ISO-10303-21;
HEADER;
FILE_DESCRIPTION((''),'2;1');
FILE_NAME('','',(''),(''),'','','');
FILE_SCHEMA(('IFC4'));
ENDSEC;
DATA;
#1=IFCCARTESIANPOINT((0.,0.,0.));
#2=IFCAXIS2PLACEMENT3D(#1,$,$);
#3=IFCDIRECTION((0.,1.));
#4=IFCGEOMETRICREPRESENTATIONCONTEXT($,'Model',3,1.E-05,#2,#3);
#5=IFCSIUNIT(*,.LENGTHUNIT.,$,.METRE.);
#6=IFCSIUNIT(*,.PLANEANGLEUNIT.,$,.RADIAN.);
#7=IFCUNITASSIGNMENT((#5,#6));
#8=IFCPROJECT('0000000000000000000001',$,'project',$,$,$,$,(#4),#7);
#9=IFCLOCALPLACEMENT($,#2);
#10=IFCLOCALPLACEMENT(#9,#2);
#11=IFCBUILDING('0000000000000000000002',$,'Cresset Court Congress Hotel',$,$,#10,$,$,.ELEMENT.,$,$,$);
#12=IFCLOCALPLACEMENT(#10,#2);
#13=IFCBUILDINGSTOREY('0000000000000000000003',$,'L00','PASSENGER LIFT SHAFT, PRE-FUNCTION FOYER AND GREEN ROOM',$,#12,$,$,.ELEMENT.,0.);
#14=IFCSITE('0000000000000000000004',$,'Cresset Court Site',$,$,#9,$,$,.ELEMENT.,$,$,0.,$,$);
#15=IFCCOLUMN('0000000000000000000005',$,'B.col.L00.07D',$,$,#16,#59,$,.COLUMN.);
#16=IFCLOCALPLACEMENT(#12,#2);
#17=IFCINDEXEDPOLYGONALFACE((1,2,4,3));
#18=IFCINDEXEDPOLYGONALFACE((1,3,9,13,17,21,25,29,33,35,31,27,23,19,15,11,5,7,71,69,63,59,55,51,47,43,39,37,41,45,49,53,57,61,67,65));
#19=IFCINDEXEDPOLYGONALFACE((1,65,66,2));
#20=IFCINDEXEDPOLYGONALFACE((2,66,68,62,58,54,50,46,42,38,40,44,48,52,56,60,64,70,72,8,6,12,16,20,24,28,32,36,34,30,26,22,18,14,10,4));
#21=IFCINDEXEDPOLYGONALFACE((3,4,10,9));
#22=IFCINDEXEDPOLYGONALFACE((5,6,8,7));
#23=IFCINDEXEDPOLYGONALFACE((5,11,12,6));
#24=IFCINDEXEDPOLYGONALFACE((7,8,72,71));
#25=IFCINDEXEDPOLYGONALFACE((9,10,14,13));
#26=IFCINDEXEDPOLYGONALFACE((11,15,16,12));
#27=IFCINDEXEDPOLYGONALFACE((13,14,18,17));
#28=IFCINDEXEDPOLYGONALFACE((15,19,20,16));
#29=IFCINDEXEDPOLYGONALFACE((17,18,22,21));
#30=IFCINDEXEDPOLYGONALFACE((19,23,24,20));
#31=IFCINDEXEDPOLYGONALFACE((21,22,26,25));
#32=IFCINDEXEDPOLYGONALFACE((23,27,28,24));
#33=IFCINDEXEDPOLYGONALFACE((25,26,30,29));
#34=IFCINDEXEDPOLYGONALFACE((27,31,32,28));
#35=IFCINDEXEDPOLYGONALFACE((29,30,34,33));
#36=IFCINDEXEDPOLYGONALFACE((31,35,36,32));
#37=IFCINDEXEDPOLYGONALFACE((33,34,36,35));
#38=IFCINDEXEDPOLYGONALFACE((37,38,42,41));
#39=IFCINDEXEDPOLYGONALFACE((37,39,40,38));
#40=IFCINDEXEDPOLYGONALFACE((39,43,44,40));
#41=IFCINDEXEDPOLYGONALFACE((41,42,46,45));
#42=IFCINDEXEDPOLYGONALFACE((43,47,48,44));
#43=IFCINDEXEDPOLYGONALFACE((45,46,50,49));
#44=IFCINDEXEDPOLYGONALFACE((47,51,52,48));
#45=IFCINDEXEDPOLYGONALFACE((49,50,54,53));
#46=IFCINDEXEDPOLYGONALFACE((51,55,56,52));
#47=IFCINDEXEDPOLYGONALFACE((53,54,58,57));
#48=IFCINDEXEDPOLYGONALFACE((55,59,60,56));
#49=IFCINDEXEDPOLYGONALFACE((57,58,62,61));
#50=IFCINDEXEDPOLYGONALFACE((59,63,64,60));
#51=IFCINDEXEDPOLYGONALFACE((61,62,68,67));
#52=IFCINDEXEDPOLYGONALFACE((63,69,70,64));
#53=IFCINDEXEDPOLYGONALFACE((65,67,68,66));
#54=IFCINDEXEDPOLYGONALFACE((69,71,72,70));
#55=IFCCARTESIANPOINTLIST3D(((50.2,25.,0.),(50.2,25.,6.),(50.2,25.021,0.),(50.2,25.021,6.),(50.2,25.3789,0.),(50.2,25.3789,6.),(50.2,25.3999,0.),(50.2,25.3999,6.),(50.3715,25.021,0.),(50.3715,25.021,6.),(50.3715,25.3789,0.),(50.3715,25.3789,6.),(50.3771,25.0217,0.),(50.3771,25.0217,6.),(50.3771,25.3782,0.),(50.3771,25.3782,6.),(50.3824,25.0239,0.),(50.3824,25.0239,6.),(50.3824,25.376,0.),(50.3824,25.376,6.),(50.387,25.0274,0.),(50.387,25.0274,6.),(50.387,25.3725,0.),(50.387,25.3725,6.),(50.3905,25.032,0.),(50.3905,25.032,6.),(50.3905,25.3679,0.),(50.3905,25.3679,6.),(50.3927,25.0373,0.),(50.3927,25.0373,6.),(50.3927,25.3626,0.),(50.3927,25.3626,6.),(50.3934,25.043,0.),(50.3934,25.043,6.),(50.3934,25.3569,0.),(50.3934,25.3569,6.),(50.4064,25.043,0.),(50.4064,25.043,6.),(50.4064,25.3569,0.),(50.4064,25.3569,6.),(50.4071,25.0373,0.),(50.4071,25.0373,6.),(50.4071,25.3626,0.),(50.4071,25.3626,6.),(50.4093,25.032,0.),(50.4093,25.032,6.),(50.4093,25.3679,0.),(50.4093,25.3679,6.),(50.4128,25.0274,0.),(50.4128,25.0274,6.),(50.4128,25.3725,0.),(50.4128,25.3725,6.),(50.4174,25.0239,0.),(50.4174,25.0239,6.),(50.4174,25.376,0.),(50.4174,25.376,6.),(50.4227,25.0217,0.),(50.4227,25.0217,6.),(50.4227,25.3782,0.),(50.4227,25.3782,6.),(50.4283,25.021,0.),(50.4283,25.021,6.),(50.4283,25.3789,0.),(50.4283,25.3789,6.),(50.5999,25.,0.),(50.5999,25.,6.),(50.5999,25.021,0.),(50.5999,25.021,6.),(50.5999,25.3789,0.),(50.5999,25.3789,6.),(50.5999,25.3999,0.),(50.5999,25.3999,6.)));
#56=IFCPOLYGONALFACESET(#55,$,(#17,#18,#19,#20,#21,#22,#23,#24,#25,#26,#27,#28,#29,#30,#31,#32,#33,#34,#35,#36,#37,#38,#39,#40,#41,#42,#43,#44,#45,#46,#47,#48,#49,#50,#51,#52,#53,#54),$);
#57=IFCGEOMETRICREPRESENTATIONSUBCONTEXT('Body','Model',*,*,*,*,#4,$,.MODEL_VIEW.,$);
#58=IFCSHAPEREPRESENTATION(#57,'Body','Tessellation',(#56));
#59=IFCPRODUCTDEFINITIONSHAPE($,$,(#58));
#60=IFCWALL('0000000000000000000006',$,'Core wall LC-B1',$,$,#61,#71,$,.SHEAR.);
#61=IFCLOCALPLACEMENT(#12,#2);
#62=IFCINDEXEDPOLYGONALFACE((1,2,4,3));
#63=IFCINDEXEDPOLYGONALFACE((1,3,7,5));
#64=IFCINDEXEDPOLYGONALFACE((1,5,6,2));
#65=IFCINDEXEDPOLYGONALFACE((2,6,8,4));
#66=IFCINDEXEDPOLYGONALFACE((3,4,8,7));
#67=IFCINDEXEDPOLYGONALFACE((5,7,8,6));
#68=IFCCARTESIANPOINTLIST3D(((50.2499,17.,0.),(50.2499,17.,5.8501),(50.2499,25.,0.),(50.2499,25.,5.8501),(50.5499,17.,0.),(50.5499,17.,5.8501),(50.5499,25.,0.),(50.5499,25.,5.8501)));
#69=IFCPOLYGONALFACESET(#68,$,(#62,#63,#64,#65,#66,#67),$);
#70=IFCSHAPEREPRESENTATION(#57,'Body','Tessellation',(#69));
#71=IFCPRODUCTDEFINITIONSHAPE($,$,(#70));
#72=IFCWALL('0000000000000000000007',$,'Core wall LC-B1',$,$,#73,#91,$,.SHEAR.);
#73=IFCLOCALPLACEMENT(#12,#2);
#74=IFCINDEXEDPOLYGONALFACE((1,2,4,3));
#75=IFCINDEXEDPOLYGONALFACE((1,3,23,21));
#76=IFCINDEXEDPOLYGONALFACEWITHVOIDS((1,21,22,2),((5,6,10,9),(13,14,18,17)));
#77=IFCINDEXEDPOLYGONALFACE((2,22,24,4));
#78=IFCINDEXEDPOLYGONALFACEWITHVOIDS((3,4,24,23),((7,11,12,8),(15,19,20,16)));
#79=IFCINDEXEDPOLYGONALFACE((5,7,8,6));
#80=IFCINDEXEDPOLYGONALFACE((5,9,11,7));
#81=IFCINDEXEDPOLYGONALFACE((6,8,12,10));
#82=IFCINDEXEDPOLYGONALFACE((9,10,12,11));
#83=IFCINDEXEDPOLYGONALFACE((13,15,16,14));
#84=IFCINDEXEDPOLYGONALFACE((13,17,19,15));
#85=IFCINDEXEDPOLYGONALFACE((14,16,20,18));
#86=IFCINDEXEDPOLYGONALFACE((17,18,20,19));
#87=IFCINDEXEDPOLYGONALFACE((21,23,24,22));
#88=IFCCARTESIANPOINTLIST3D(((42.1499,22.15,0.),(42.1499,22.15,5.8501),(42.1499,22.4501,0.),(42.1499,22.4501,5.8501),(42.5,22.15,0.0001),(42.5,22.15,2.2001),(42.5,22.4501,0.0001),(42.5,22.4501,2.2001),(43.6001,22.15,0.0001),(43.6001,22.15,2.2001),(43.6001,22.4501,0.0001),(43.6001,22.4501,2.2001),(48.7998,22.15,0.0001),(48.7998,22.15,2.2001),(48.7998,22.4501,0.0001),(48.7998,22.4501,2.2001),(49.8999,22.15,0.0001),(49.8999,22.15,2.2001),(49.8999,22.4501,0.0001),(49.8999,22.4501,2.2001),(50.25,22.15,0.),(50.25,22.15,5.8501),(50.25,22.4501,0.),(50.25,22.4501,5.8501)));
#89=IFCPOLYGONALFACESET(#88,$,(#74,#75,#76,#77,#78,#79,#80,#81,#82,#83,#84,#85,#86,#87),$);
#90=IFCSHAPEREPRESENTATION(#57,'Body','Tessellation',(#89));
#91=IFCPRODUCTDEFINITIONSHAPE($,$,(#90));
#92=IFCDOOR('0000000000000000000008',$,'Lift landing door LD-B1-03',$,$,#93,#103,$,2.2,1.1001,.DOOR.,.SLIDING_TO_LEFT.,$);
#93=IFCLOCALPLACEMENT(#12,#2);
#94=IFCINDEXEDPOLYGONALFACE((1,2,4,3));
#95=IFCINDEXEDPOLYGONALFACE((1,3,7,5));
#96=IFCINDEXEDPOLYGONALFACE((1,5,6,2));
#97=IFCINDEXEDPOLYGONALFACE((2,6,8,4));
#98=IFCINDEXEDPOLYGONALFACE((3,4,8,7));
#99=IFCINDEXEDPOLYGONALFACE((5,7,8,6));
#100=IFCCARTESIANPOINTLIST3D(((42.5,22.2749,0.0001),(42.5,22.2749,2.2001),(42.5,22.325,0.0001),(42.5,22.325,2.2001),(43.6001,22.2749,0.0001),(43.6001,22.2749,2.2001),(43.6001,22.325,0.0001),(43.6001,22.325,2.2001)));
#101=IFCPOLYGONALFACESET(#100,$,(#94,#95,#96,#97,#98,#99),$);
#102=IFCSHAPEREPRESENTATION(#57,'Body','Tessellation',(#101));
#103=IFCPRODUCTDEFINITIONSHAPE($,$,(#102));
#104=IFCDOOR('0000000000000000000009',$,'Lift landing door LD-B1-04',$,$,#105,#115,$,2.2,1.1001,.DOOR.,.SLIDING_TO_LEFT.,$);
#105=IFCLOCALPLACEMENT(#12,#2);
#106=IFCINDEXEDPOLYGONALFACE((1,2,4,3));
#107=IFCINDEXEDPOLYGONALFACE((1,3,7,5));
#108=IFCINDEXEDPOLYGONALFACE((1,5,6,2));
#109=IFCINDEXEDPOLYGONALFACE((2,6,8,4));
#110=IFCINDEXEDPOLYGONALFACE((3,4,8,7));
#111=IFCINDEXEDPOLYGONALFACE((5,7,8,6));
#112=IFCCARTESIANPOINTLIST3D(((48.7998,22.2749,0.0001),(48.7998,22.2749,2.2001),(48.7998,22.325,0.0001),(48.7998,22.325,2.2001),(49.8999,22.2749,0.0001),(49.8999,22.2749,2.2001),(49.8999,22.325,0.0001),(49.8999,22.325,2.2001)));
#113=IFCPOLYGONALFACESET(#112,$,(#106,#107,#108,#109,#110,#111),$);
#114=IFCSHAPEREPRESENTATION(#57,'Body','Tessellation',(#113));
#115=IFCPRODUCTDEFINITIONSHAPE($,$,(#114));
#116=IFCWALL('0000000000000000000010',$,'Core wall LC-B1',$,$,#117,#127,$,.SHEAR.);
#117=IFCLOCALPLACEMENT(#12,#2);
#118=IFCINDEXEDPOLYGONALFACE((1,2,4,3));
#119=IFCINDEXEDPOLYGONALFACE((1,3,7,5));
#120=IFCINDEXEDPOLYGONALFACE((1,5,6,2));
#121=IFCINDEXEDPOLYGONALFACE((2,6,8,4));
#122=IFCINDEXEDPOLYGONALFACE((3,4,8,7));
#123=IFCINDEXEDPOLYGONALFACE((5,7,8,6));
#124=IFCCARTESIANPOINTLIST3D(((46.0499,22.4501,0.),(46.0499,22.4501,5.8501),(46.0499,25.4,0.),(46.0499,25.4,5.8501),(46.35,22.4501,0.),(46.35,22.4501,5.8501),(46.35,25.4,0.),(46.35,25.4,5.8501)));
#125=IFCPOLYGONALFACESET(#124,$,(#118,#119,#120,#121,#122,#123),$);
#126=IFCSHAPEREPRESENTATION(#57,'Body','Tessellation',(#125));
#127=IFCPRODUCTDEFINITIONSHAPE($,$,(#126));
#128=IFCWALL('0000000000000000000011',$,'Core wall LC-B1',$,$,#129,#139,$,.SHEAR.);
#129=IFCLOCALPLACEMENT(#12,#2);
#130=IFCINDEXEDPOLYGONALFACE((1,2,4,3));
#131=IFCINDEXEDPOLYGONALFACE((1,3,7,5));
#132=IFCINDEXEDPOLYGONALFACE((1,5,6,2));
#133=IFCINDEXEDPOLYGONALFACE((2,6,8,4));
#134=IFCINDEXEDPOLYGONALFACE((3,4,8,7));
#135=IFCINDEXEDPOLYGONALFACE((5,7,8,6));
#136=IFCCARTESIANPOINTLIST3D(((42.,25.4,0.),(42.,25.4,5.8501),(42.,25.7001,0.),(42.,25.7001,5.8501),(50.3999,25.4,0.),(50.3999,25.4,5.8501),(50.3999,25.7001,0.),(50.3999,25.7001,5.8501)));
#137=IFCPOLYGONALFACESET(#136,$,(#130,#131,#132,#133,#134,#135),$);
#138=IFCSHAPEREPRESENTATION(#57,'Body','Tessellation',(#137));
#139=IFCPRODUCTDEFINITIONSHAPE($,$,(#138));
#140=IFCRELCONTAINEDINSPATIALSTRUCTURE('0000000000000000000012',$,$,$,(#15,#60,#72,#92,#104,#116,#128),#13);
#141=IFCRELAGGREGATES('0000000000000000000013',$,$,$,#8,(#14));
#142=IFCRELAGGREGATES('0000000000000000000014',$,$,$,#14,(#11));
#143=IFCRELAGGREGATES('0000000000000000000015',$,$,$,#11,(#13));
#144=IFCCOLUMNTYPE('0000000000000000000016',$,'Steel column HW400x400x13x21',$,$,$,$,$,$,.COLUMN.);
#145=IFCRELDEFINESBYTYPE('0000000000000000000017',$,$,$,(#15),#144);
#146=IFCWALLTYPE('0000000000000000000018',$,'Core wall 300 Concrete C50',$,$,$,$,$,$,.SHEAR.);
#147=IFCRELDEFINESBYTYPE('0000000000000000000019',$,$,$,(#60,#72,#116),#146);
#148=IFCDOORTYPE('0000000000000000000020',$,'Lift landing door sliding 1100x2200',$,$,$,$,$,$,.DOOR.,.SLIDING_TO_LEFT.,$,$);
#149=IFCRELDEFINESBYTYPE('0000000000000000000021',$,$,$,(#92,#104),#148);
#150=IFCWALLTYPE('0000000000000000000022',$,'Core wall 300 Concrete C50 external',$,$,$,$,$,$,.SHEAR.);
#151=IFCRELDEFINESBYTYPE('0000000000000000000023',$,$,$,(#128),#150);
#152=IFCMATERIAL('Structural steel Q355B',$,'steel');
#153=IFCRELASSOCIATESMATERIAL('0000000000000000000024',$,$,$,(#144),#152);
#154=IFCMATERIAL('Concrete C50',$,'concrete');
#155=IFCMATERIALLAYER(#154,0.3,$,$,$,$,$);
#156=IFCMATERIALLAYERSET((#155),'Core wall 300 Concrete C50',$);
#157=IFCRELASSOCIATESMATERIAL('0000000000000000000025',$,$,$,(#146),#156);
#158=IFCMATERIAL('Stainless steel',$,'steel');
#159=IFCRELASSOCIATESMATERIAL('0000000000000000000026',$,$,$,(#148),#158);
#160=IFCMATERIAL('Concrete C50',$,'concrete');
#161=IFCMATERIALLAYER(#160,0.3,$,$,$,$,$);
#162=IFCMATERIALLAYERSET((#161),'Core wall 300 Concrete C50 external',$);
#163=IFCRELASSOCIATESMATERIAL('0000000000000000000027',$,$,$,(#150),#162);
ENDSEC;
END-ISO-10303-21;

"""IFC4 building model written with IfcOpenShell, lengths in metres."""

from ifc_helpers import new_model, si_unit, direction, frame, frame_2d, origin, origin_2d, place, context, subcontext, project, spatial, rectangle, i_section, extrude, material, layer, layer_set, material_profile, profile_set, type_object, element, fill, save


model = new_model("IFC4")

# Units and contexts
model_context = context("Model", 3, precision=1e-05, world=origin(), true_north=direction((0.0, 1.0)))
body_context = subcontext(model_context, "Body", "Model", "MODEL_VIEW")
ifc_project = project(units=[si_unit("LENGTHUNIT", "METRE"), si_unit("PLANEANGLEUNIT", "RADIAN")], contexts=[model_context])

# Site, building, storey
site_placement = place(None, origin())
site = spatial("IfcSite", under=ifc_project, at=site_placement, Name="Cresset Court Site", CompositionType="ELEMENT", RefElevation=0.0)
building_placement = place(site_placement, origin())
building = spatial("IfcBuilding", under=site, at=building_placement, Name="Cresset Court Congress Hotel", CompositionType="ELEMENT")
storey_placement = place(building_placement, origin())
storey = spatial("IfcBuildingStorey", under=building, at=storey_placement, Name="L00", Description="PASSENGER LIFT SHAFT, PRE-FUNCTION FOYER AND GREEN ROOM", CompositionType="ELEMENT", Elevation=0.0)

# Column
ifc_material_1 = material(Name="Structural steel Q355B", Category="steel")
ifc_material_profile_1 = material_profile(ifc_material_1, i_section(OverallWidth=0.3999, OverallDepth=0.3999, WebThickness=0.0129, FlangeThickness=0.021, FilletRadius=0.022, at=origin_2d()), Name="HW400x400x13x21")
ifc_profile_set_1 = profile_set([ifc_material_profile_1], Name="Structural steel Q355B")
column_type_1 = type_object("IfcColumnType", Name="Steel column HW400x400x13x21", PredefinedType="COLUMN", material=ifc_profile_set_1)
column_placement = place(storey_placement, frame((50.3999, 25.2, 0.0), z_axis=(0.0, 0.0, 1.0), x_axis=(1.0, 0.0, 0.0)))
element("IfcColumn", 1, at=column_placement, inside=storey, type_object=column_type_1, Name="B.col.L00.07D", PredefinedType="COLUMN", context=body_context, shape_type="SweptSolid", body=[
    extrude(i_section(OverallWidth=0.3999, OverallDepth=0.3999, WebThickness=0.0129, FlangeThickness=0.021, FilletRadius=0.022, at=origin_2d()), origin(), (0.0, 0.0, 1.0), 6.0),
])

# Wall
ifc_material_2 = material(Name="Concrete C50", Category="concrete")
ifc_layer_1 = layer(ifc_material_2, 0.3)
ifc_layer_set_1 = layer_set([ifc_layer_1], Name="Core wall 300 Concrete C50")
wall_type_1 = type_object("IfcWallType", Name="Core wall 300 Concrete C50", PredefinedType="SHEAR", material=ifc_layer_set_1)
wall_1_placement = place(storey_placement, frame((50.3999, 17.0, 0.0), z_axis=(0.0, 0.0, 1.0), x_axis=(0.0, 1.0, 0.0)))
element("IfcWall", 2, at=wall_1_placement, inside=storey, type_object=wall_type_1, Name="Core wall LC-B1", PredefinedType="SHEAR", context=body_context, shape_type="SweptSolid", body=[
    extrude(rectangle(XDim=8.0, YDim=0.3, at=frame_2d((4.0, 0.0))), origin(), (0.0, 0.0, 1.0), 5.8501),
])

# Wall, openings, doors
wall_2_placement = place(storey_placement, frame((42.1499, 22.3, 0.0), z_axis=(0.0, 0.0, 1.0), x_axis=(1.0, 0.0, 0.0)))
wall_2 = element("IfcWall", 3, at=wall_2_placement, inside=storey, type_object=wall_type_1, Name="Core wall LC-B1", PredefinedType="SHEAR", context=body_context, shape_type="SweptSolid", body=[
    extrude(rectangle(XDim=8.1001, YDim=0.3, at=frame_2d((4.05, 0.0))), origin(), (0.0, 0.0, 1.0), 5.8501),
])
opening_1_placement = place(wall_2_placement, frame((0.3501, 0.0, 0.0)))
opening_1 = element("IfcOpeningElement", 4, at=opening_1_placement, cuts=wall_2, PredefinedType="OPENING", context=body_context, shape_type="SweptSolid", body=[
    extrude(rectangle(XDim=1.1001, YDim=2.2, at=frame_2d((0.55, 1.1001))), frame((0.0, 0.1599, 0.0), z_axis=(0.0, -1.0, 0.0), x_axis=(1.0, 0.0, 0.0)), (0.0, 0.0, 1.0), 0.3201),
])
opening_2_placement = place(wall_2_placement, frame((6.6499, 0.0, 0.0)))
opening_2 = element("IfcOpeningElement", 5, at=opening_2_placement, cuts=wall_2, PredefinedType="OPENING", context=body_context, shape_type="SweptSolid", body=[
    extrude(rectangle(XDim=1.1001, YDim=2.2, at=frame_2d((0.55, 1.1001))), frame((0.0, 0.1599, 0.0), z_axis=(0.0, -1.0, 0.0), x_axis=(1.0, 0.0, 0.0)), (0.0, 0.0, 1.0), 0.3201),
])
ifc_material_3 = material(Name="Stainless steel", Category="steel")
door_type_1 = type_object("IfcDoorType", Name="Lift landing door sliding 1100x2200", OperationType="SLIDING_TO_LEFT", PredefinedType="DOOR", material=ifc_material_3)
door_1_placement = place(opening_1_placement, origin())
door_1 = element("IfcDoor", 6, at=door_1_placement, inside=storey, type_object=door_type_1, Name="Lift landing door LD-B1-03", OperationType="SLIDING_TO_LEFT", OverallHeight=2.2, OverallWidth=1.1001, PredefinedType="DOOR", context=body_context, shape_type="SweptSolid", body=[
    extrude(rectangle(XDim=1.1001, YDim=2.2, at=frame_2d((0.55, 1.1001))), frame((0.0, 0.0249, 0.0), z_axis=(0.0, -1.0, 0.0), x_axis=(1.0, 0.0, 0.0)), (0.0, 0.0, 1.0), 0.05),
])
fill(opening_1, door_1)
door_2_placement = place(opening_2_placement, origin())
door_2 = element("IfcDoor", 7, at=door_2_placement, inside=storey, type_object=door_type_1, Name="Lift landing door LD-B1-04", OperationType="SLIDING_TO_LEFT", OverallHeight=2.2, OverallWidth=1.1001, PredefinedType="DOOR", context=body_context, shape_type="SweptSolid", body=[
    extrude(rectangle(XDim=1.1001, YDim=2.2, at=frame_2d((0.55, 1.1001))), frame((0.0, 0.0249, 0.0), z_axis=(0.0, -1.0, 0.0), x_axis=(1.0, 0.0, 0.0)), (0.0, 0.0, 1.0), 0.05),
])
fill(opening_2, door_2)

# Walls
wall_3_placement = place(storey_placement, frame((46.2, 22.45, 0.0), z_axis=(0.0, 0.0, 1.0), x_axis=(0.0, 1.0, 0.0)))
element("IfcWall", 8, at=wall_3_placement, inside=storey, type_object=wall_type_1, Name="Core wall LC-B1", PredefinedType="SHEAR", context=body_context, shape_type="SweptSolid", body=[
    extrude(rectangle(XDim=2.95, YDim=0.3, at=frame_2d((1.4751, 0.0))), origin(), (0.0, 0.0, 1.0), 5.8501),
])
ifc_material_4 = material(Name="Concrete C50", Category="concrete")
ifc_layer_2 = layer(ifc_material_4, 0.3)
ifc_layer_set_2 = layer_set([ifc_layer_2], Name="Core wall 300 Concrete C50 external")
wall_type_2 = type_object("IfcWallType", Name="Core wall 300 Concrete C50 external", PredefinedType="SHEAR", material=ifc_layer_set_2)
wall_4_placement = place(storey_placement, frame((42.0, 25.55, 0.0), z_axis=(0.0, 0.0, 1.0), x_axis=(1.0, 0.0, 0.0)))
element("IfcWall", 9, at=wall_4_placement, inside=storey, type_object=wall_type_2, Name="Core wall LC-B1", PredefinedType="SHEAR", context=body_context, shape_type="SweptSolid", body=[
    extrude(rectangle(XDim=8.3999, YDim=0.3, at=frame_2d((4.2, 0.0))), origin(), (0.0, 0.0, 1.0), 5.8501),
])

save(model, "model.ifc")
